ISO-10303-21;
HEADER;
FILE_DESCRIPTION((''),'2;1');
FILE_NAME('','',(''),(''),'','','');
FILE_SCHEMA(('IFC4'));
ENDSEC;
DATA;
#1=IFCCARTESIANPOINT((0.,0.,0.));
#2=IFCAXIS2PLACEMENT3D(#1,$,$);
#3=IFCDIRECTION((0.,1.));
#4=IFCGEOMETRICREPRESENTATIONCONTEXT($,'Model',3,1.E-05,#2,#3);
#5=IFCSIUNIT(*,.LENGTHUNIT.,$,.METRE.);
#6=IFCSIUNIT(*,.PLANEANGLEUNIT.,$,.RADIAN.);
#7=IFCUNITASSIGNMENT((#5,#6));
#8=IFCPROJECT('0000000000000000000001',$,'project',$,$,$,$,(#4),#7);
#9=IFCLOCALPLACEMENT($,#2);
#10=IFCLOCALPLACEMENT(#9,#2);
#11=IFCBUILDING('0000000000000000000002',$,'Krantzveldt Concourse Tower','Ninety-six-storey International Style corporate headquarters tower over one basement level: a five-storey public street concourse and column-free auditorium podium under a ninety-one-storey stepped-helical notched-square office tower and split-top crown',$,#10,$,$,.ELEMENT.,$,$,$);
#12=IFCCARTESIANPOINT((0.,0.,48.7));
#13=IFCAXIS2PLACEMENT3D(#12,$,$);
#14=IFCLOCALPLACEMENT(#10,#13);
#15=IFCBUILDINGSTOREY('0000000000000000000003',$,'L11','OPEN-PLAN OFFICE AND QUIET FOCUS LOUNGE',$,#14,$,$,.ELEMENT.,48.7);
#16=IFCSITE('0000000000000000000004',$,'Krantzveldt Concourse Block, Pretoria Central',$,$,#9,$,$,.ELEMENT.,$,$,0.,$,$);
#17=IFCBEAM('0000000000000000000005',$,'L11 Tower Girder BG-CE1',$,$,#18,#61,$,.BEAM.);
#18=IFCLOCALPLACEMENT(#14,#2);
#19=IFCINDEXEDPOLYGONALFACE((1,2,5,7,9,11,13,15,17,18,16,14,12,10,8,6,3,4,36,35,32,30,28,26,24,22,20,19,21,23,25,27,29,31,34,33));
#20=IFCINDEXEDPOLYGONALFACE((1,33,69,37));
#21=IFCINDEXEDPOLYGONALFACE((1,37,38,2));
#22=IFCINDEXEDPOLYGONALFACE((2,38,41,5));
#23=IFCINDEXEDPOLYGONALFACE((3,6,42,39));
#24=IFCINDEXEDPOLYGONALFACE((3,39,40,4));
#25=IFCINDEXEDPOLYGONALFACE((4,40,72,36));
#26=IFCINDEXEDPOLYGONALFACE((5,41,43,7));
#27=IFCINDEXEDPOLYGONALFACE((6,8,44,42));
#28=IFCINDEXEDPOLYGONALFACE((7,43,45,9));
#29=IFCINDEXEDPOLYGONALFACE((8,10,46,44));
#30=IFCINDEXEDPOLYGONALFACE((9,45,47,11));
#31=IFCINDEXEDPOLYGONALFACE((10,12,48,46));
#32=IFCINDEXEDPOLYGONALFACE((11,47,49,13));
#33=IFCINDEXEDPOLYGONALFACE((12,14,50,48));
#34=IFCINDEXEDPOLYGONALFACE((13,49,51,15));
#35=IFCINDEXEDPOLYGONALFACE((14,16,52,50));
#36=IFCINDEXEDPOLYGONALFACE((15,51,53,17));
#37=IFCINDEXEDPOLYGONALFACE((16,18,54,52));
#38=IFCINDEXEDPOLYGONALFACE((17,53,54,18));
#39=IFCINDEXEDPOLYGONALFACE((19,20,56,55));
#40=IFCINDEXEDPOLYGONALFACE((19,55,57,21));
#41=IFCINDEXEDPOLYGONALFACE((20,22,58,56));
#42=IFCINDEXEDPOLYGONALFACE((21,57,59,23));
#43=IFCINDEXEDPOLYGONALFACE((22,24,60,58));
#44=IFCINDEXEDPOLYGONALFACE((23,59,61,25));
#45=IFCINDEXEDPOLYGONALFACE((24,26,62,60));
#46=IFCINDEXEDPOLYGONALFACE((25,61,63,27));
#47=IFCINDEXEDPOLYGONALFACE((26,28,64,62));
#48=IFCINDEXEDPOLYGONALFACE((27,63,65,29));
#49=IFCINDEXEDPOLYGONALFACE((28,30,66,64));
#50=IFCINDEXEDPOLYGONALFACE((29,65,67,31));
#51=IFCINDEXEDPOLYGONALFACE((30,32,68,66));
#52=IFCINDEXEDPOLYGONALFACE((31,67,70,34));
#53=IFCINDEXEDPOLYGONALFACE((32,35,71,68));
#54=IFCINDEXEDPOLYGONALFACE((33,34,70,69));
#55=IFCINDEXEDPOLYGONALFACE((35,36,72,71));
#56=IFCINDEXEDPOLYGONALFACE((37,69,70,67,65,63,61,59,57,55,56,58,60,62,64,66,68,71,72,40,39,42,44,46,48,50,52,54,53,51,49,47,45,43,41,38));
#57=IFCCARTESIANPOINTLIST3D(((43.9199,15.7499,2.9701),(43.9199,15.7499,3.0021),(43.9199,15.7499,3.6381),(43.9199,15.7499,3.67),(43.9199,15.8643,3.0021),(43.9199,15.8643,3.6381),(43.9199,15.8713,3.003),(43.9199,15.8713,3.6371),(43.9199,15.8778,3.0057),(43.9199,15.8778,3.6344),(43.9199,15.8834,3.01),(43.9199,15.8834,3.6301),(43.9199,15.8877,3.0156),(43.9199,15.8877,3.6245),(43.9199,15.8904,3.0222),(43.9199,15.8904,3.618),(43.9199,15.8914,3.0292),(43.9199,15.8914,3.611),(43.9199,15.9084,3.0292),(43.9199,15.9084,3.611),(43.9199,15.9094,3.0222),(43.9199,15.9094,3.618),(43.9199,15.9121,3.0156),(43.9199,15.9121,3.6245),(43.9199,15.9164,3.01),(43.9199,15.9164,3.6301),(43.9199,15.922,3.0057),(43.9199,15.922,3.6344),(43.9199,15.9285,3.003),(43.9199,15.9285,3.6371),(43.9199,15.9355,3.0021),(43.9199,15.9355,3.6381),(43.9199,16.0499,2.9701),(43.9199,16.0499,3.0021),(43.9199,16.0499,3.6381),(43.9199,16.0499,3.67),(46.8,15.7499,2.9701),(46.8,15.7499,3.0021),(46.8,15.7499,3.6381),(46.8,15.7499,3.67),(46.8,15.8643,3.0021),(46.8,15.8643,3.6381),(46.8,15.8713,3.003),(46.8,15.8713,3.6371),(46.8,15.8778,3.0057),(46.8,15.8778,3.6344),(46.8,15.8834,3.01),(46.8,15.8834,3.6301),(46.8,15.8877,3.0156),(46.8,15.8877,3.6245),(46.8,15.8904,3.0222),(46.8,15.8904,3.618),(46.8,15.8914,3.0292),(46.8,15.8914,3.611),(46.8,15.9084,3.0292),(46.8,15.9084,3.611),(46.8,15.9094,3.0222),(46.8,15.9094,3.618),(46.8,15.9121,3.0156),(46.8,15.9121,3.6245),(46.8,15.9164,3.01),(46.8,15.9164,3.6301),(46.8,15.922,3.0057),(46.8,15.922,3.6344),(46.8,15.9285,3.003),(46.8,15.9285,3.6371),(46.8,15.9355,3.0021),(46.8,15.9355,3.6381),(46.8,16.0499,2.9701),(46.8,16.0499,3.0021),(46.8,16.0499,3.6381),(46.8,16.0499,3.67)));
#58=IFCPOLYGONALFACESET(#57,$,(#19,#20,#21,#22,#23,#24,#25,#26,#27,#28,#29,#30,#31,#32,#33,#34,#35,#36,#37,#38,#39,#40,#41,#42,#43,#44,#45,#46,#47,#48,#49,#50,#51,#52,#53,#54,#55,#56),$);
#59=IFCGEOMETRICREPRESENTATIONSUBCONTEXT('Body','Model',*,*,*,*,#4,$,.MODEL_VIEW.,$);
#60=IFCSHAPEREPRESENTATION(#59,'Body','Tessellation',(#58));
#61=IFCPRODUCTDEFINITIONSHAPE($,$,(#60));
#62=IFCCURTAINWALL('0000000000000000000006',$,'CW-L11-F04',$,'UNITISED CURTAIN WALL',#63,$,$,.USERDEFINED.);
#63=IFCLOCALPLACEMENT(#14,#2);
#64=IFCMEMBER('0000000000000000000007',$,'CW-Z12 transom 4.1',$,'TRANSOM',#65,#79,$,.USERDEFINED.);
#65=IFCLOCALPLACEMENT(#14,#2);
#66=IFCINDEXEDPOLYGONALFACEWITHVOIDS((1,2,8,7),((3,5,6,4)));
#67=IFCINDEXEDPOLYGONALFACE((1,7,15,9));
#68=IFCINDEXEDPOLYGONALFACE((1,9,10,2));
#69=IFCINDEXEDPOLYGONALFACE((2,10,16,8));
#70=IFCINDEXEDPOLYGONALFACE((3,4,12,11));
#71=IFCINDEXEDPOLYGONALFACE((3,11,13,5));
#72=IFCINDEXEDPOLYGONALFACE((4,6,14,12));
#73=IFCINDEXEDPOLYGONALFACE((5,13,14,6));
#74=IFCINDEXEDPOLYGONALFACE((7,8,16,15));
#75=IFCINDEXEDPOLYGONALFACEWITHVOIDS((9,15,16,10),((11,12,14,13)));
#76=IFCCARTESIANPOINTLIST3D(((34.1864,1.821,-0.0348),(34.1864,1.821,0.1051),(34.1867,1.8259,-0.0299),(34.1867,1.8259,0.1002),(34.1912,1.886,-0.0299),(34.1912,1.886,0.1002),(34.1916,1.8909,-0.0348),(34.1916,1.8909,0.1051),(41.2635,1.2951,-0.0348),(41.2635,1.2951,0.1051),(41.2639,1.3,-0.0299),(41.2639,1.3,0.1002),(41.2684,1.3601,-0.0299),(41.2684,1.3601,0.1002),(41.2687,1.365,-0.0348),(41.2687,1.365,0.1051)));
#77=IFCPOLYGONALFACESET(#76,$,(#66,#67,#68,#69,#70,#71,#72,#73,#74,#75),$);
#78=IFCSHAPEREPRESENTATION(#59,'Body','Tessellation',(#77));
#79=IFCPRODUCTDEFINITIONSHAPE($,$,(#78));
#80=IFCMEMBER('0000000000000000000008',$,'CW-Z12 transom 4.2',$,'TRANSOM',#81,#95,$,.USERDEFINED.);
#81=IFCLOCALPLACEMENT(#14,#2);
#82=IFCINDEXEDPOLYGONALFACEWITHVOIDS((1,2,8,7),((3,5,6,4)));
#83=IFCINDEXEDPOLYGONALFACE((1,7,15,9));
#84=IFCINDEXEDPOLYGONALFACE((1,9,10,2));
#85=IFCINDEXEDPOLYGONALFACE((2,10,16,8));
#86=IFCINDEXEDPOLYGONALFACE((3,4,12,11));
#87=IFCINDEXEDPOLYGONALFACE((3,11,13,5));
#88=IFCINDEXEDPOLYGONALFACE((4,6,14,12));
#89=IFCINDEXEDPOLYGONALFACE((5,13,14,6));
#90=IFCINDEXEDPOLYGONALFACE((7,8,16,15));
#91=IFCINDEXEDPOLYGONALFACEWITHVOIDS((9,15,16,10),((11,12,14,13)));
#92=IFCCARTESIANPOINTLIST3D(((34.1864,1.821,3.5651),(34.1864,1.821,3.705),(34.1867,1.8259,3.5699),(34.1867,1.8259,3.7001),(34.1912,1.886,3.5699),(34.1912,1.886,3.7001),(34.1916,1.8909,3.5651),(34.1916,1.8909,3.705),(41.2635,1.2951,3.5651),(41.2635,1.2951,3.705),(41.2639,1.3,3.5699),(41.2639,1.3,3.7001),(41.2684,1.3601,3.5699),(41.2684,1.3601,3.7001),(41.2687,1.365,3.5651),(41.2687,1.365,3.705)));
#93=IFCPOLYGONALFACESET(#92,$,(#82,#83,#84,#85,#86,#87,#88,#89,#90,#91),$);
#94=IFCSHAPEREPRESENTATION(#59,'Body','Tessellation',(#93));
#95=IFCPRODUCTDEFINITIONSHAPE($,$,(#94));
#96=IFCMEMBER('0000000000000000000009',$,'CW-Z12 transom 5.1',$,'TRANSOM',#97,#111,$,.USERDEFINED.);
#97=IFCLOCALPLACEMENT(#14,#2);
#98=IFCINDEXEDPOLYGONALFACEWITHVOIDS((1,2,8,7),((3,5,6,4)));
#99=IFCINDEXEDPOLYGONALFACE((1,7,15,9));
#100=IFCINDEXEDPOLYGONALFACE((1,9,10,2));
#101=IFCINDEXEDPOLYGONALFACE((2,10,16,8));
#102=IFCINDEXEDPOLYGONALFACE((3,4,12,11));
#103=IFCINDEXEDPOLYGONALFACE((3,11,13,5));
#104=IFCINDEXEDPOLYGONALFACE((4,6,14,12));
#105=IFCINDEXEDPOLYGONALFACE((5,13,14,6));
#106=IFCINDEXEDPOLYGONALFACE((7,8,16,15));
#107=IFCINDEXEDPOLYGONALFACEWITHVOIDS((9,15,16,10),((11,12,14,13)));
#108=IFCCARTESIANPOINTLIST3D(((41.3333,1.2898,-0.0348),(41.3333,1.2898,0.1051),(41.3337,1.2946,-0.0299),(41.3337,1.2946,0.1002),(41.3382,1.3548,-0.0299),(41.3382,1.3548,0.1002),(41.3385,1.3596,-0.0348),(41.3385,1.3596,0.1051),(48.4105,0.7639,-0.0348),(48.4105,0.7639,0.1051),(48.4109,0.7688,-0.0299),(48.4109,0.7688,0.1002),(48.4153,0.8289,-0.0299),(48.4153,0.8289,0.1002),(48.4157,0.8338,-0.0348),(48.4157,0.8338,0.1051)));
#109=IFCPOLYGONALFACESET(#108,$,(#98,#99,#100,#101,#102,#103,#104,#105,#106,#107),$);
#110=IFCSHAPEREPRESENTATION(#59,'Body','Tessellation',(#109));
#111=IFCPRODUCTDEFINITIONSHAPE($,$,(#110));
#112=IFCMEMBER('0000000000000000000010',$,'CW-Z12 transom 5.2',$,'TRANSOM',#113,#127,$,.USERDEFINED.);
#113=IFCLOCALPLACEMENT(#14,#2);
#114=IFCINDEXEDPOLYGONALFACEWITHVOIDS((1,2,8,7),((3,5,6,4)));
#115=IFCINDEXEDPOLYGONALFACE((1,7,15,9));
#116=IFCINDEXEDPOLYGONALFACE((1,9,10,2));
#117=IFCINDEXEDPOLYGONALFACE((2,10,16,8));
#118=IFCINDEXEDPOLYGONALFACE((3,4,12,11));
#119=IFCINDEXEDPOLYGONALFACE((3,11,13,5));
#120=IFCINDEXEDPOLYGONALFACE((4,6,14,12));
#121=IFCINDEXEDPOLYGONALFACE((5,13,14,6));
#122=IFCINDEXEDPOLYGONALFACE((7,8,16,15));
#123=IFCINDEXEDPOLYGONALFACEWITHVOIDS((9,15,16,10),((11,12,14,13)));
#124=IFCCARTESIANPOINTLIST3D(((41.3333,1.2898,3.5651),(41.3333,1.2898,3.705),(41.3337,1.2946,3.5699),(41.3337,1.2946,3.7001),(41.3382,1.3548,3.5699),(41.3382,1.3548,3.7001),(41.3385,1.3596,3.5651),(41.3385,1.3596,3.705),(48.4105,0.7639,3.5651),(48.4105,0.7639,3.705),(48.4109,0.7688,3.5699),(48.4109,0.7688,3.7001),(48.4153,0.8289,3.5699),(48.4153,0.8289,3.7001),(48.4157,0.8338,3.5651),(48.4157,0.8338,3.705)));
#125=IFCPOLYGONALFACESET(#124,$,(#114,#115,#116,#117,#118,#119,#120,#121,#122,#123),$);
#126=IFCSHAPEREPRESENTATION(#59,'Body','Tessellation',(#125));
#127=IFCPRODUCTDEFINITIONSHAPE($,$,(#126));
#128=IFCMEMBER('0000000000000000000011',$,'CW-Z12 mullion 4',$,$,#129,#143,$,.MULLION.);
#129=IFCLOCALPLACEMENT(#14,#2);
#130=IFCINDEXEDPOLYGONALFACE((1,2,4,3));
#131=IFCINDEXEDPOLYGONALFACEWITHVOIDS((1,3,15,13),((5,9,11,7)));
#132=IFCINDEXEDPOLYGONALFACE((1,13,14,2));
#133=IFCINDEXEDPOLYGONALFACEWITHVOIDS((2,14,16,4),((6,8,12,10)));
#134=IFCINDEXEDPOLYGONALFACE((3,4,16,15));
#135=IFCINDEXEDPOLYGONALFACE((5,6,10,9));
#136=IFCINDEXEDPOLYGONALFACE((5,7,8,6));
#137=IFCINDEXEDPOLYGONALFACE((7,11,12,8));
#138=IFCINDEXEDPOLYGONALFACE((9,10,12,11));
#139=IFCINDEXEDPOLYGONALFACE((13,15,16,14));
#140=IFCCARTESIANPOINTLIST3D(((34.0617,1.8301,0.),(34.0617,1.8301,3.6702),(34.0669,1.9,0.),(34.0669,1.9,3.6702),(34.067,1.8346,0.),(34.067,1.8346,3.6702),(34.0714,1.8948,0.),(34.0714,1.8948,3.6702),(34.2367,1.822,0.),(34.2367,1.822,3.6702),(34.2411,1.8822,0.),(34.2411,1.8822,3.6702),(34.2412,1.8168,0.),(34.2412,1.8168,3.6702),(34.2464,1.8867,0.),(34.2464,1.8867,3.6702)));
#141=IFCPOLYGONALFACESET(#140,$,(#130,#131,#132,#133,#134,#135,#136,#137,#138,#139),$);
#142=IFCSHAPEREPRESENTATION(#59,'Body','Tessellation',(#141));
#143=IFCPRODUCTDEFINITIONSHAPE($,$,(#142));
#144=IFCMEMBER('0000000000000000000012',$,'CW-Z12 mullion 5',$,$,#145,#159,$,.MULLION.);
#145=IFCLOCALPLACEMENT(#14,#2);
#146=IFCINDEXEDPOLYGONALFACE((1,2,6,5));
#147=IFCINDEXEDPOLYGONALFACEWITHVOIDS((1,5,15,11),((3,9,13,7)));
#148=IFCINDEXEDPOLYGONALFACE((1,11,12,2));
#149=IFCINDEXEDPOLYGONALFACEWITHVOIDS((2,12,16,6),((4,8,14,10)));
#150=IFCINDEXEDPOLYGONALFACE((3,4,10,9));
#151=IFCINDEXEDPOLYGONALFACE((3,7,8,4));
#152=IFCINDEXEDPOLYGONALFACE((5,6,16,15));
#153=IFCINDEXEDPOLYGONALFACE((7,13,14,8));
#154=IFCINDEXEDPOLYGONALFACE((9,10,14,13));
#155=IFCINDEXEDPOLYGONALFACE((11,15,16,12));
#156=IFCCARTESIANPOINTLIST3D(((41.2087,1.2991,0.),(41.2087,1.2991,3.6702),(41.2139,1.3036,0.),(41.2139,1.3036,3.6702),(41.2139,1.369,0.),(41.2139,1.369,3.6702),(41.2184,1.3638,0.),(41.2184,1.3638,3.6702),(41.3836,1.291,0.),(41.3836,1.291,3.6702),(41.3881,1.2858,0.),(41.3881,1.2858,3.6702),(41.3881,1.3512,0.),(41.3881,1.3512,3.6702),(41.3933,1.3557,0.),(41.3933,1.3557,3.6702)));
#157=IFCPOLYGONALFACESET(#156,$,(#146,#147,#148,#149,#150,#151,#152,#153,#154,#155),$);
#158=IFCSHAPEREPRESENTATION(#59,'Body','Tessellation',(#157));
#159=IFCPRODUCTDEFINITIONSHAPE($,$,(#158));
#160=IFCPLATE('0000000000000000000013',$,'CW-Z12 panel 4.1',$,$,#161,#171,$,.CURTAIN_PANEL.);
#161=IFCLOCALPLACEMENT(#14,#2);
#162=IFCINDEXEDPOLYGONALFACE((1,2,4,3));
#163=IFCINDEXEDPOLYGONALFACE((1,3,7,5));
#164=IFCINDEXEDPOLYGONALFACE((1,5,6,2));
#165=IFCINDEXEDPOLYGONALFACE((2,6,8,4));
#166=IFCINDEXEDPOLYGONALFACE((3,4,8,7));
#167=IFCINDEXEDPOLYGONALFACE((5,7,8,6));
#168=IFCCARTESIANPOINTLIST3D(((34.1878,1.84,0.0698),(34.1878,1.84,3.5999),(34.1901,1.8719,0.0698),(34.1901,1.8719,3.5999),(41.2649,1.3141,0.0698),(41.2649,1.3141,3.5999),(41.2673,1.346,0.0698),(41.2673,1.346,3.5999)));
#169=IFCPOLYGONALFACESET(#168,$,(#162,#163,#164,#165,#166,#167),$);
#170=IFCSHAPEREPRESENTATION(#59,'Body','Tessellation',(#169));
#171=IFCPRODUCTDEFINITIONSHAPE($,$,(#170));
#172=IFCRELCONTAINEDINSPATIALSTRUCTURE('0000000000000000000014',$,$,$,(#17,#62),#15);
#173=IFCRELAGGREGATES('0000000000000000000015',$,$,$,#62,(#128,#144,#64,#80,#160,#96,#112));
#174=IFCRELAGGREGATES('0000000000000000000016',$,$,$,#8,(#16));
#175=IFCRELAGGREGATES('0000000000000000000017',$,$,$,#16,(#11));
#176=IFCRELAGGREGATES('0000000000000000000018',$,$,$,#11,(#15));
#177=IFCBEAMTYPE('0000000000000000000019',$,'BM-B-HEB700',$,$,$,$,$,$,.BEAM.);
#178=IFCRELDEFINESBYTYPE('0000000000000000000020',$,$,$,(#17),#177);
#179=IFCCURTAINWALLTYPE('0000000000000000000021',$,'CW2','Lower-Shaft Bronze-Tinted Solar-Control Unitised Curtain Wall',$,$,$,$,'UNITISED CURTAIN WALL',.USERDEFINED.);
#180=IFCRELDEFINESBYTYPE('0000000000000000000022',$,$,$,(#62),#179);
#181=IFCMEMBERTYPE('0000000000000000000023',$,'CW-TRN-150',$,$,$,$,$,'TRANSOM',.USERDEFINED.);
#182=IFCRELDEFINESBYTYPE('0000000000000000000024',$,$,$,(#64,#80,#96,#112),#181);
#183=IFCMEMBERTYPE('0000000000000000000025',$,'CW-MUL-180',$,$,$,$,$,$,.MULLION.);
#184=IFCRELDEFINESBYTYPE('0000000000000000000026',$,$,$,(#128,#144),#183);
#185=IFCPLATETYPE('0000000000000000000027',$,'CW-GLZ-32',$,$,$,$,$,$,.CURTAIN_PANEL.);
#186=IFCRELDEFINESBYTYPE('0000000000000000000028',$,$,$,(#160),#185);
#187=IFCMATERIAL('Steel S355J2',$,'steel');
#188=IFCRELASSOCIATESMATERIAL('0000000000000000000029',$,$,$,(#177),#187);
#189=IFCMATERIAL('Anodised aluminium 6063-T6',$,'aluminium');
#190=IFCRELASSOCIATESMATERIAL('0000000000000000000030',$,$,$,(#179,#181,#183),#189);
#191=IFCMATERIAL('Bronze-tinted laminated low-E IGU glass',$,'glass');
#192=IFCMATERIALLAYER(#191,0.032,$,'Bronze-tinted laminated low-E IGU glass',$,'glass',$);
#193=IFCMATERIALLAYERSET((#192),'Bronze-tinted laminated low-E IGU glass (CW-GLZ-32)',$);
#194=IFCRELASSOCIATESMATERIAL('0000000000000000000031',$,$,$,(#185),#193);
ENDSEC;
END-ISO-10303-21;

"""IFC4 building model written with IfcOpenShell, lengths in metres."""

from ifc_helpers import new_model, si_unit, direction, frame, origin, origin_2d, place, context, subcontext, project, spatial, rectangle, hollow_rectangle, i_section, extrude, source, transform, mapped, material, layer, layer_set, material_profile, profile_set, type_object, type_shapes, element, aggregate, save


model = new_model("IFC4")

# Units and contexts
model_context = context("Model", 3, precision=1e-05, world=origin(), true_north=direction((0.0, 1.0)))
body_context = subcontext(model_context, "Body", "Model", "MODEL_VIEW")
ifc_project = project(units=[si_unit("LENGTHUNIT", "METRE"), si_unit("PLANEANGLEUNIT", "RADIAN")], contexts=[model_context])

# Site, building, storey
site_placement = place(None, origin())
site = spatial("IfcSite", under=ifc_project, at=site_placement, Name="Krantzveldt Concourse Block, Pretoria Central", CompositionType="ELEMENT", RefElevation=0.0)
building_placement = place(site_placement, origin())
building = spatial("IfcBuilding", under=site, at=building_placement, Name="Krantzveldt Concourse Tower", Description="Ninety-six-storey International Style corporate headquarters tower over one basement level: a five-storey public street concourse and column-free auditorium podium under a ninety-one-storey stepped-helical notched-square office tower and split-top crown", CompositionType="ELEMENT")
storey_placement = place(building_placement, frame((0.0, 0.0, 48.7)))
storey = spatial("IfcBuildingStorey", under=building, at=storey_placement, Name="L11", Description="OPEN-PLAN OFFICE AND QUIET FOCUS LOUNGE", CompositionType="ELEMENT", Elevation=48.7)

# Beam
ifc_material_1 = material(Name="Steel S355J2", Category="steel")
ifc_material_profile_1 = material_profile(ifc_material_1, i_section(OverallWidth=0.3, OverallDepth=0.7, WebThickness=0.0171, FlangeThickness=0.032, FilletRadius=0.0271, at=origin_2d()), Name="Steel S355J2", Category="steel")
ifc_profile_set_1 = profile_set([ifc_material_profile_1], Name="Steel S355J2 - HEB 700")
beam_type = type_object("IfcBeamType", Name="BM-B-HEB700", PredefinedType="BEAM", material=ifc_profile_set_1)
shared_shape_1 = source(origin(), body_context, "Body", "SweptSolid", [
    extrude(i_section(OverallWidth=0.3, OverallDepth=0.7, WebThickness=0.0171, FlangeThickness=0.032, FilletRadius=0.0271, at=origin_2d()), origin(), (0.0, 0.0, 1.0), 2.8801),
])
type_shapes(beam_type, [shared_shape_1])
beam_placement = place(storey_placement, frame((43.9199, 15.8999, 3.3201), z_axis=(1.0, 0.0, 0.0), x_axis=(0.0, 1.0, 0.0)))
element("IfcBeam", 1, at=beam_placement, inside=storey, type_object=beam_type, Name="L11 Tower Girder BG-CE1", PredefinedType="BEAM", context=body_context, shape_type="MappedRepresentation", body=[
    mapped(shared_shape_1, transform((0.0, 0.0, 0.0), x_axis=(1.0, 0.0, 0.0), y_axis=(0.0, 1.0, 0.0), z_axis=(0.0, 0.0, 1.0), scale=1.0)),
])

# Curtain wall, members, plate
ifc_material_2 = material(Name="Anodised aluminium 6063-T6", Category="aluminium")
curtain_wall_type = type_object("IfcCurtainWallType", Name="CW2", Description="Lower-Shaft Bronze-Tinted Solar-Control Unitised Curtain Wall", ElementType="UNITISED CURTAIN WALL", PredefinedType="USERDEFINED", material=ifc_material_2)
curtain_wall_placement = place(storey_placement, origin())
curtain_wall = element("IfcCurtainWall", 2, at=curtain_wall_placement, inside=storey, type_object=curtain_wall_type, Name="CW-L11-F04", ObjectType="UNITISED CURTAIN WALL", PredefinedType="USERDEFINED")
ifc_material_profile_2 = material_profile(ifc_material_2, hollow_rectangle(XDim=0.0701, YDim=0.1399, WallThickness=0.0049, at=origin_2d()), Name="Anodised aluminium 6063-T6", Category="aluminium")
ifc_profile_set_2 = profile_set([ifc_material_profile_2], Name="Anodised aluminium 6063-T6 - ALU-TRAN 140x70x5")
member_type_1 = type_object("IfcMemberType", Name="CW-TRN-150", ElementType="TRANSOM", PredefinedType="USERDEFINED", material=ifc_profile_set_2)
shared_shape_2 = source(origin(), body_context, "Body", "SweptSolid", [
    extrude(hollow_rectangle(XDim=0.0701, YDim=0.1399, WallThickness=0.0049, at=origin_2d()), origin(), (0.0, 0.0, 1.0), 7.0967),
])
type_shapes(member_type_1, [shared_shape_2])
member_1_placement = place(storey_placement, frame((34.189, 1.856, 0.0352), z_axis=(0.997251, -0.074102, 0.0), x_axis=(0.074102, 0.997251, 0.0)))
member_1 = element("IfcMember", 3, at=member_1_placement, type_object=member_type_1, Name="CW-Z12 transom 4.1", ObjectType="TRANSOM", PredefinedType="USERDEFINED", context=body_context, shape_type="MappedRepresentation", body=[
    mapped(shared_shape_2, transform((0.0, 0.0, 0.0), x_axis=(1.0, 0.0, 0.0), y_axis=(0.0, 1.0, 0.0), z_axis=(0.0, 0.0, 1.0), scale=1.0)),
])
member_2_placement = place(storey_placement, frame((34.189, 1.856, 3.635), z_axis=(0.997251, -0.074102, 0.0), x_axis=(0.074102, 0.997251, 0.0)))
member_2 = element("IfcMember", 4, at=member_2_placement, type_object=member_type_1, Name="CW-Z12 transom 4.2", ObjectType="TRANSOM", PredefinedType="USERDEFINED", context=body_context, shape_type="MappedRepresentation", body=[
    mapped(shared_shape_2, transform((0.0, 0.0, 0.0), x_axis=(1.0, 0.0, 0.0), y_axis=(0.0, 1.0, 0.0), z_axis=(0.0, 0.0, 1.0), scale=1.0)),
])
member_3_placement = place(storey_placement, frame((41.3359, 1.3247, 0.0352), z_axis=(0.997251, -0.074102, 0.0), x_axis=(0.074102, 0.997251, 0.0)))
member_3 = element("IfcMember", 5, at=member_3_placement, type_object=member_type_1, Name="CW-Z12 transom 5.1", ObjectType="TRANSOM", PredefinedType="USERDEFINED", context=body_context, shape_type="MappedRepresentation", body=[
    mapped(shared_shape_2, transform((0.0, 0.0, 0.0), x_axis=(1.0, 0.0, 0.0), y_axis=(0.0, 1.0, 0.0), z_axis=(0.0, 0.0, 1.0), scale=1.0)),
])
member_4_placement = place(storey_placement, frame((41.3359, 1.3247, 3.635), z_axis=(0.997251, -0.074102, 0.0), x_axis=(0.074102, 0.997251, 0.0)))
member_4 = element("IfcMember", 6, at=member_4_placement, type_object=member_type_1, Name="CW-Z12 transom 5.2", ObjectType="TRANSOM", PredefinedType="USERDEFINED", context=body_context, shape_type="MappedRepresentation", body=[
    mapped(shared_shape_2, transform((0.0, 0.0, 0.0), x_axis=(1.0, 0.0, 0.0), y_axis=(0.0, 1.0, 0.0), z_axis=(0.0, 0.0, 1.0), scale=1.0)),
])
ifc_material_profile_3 = material_profile(ifc_material_2, hollow_rectangle(XDim=0.0701, YDim=0.1799, WallThickness=0.0049, at=origin_2d()), Name="Anodised aluminium 6063-T6", Category="aluminium")
ifc_profile_set_3 = profile_set([ifc_material_profile_3], Name="Anodised aluminium 6063-T6 - ALU-MULL 180x70x5")
member_type_2 = type_object("IfcMemberType", Name="CW-MUL-180", PredefinedType="MULLION", material=ifc_profile_set_3)
shared_shape_3 = source(origin(), body_context, "Body", "SweptSolid", [
    extrude(hollow_rectangle(XDim=0.0701, YDim=0.1799, WallThickness=0.0049, at=origin_2d()), origin(), (0.0, 0.0, 1.0), 3.6702),
])
type_shapes(member_type_2, [shared_shape_3])
member_5_placement = place(storey_placement, frame((34.1541, 1.8584, 0.0), z_axis=(0.0, 0.0, 1.0), x_axis=(0.074109, 0.99725, 0.0)))
member_5 = element("IfcMember", 7, at=member_5_placement, type_object=member_type_2, Name="CW-Z12 mullion 4", PredefinedType="MULLION", context=body_context, shape_type="MappedRepresentation", body=[
    mapped(shared_shape_3, transform((0.0, 0.0, 0.0), x_axis=(1.0, 0.0, 0.0), y_axis=(0.0, 1.0, 0.0), z_axis=(0.0, 0.0, 1.0), scale=1.0)),
])
member_6_placement = place(storey_placement, frame((41.301, 1.3274, 0.0), z_axis=(0.0, 0.0, 1.0), x_axis=(0.074109, 0.99725, 0.0)))
member_6 = element("IfcMember", 8, at=member_6_placement, type_object=member_type_2, Name="CW-Z12 mullion 5", PredefinedType="MULLION", context=body_context, shape_type="MappedRepresentation", body=[
    mapped(shared_shape_3, transform((0.0, 0.0, 0.0), x_axis=(1.0, 0.0, 0.0), y_axis=(0.0, 1.0, 0.0), z_axis=(0.0, 0.0, 1.0), scale=1.0)),
])
ifc_material_3 = material(Name="Bronze-tinted laminated low-E IGU glass", Category="glass")
ifc_layer_1 = layer(ifc_material_3, 0.032, Name="Bronze-tinted laminated low-E IGU glass", Category="glass")
ifc_layer_set_1 = layer_set([ifc_layer_1], Name="Bronze-tinted laminated low-E IGU glass (CW-GLZ-32)")
plate_type = type_object("IfcPlateType", Name="CW-GLZ-32", PredefinedType="CURTAIN_PANEL", material=ifc_layer_set_1)
shared_shape_4 = source(origin(), body_context, "Body", "SweptSolid", [
    extrude(rectangle(XDim=7.0967, YDim=0.032, at=origin_2d()), origin(), (0.0, 0.0, 1.0), 3.53),
])
type_shapes(plate_type, [shared_shape_4])
plate_placement = place(storey_placement, frame((37.7275, 1.593, 0.0698), z_axis=(0.0, 0.0, 1.0), x_axis=(0.99725, -0.074109, 0.0)))
plate = element("IfcPlate", 9, at=plate_placement, type_object=plate_type, Name="CW-Z12 panel 4.1", PredefinedType="CURTAIN_PANEL", context=body_context, shape_type="MappedRepresentation", body=[
    mapped(shared_shape_4, transform((0.0, 0.0, 0.0), x_axis=(1.0, 0.0, 0.0), y_axis=(0.0, 1.0, 0.0), z_axis=(0.0, 0.0, 1.0), scale=1.0)),
])
aggregate(curtain_wall, [member_5, member_6, member_1, member_2, plate, member_3, member_4])

save(model, "model.ifc")
